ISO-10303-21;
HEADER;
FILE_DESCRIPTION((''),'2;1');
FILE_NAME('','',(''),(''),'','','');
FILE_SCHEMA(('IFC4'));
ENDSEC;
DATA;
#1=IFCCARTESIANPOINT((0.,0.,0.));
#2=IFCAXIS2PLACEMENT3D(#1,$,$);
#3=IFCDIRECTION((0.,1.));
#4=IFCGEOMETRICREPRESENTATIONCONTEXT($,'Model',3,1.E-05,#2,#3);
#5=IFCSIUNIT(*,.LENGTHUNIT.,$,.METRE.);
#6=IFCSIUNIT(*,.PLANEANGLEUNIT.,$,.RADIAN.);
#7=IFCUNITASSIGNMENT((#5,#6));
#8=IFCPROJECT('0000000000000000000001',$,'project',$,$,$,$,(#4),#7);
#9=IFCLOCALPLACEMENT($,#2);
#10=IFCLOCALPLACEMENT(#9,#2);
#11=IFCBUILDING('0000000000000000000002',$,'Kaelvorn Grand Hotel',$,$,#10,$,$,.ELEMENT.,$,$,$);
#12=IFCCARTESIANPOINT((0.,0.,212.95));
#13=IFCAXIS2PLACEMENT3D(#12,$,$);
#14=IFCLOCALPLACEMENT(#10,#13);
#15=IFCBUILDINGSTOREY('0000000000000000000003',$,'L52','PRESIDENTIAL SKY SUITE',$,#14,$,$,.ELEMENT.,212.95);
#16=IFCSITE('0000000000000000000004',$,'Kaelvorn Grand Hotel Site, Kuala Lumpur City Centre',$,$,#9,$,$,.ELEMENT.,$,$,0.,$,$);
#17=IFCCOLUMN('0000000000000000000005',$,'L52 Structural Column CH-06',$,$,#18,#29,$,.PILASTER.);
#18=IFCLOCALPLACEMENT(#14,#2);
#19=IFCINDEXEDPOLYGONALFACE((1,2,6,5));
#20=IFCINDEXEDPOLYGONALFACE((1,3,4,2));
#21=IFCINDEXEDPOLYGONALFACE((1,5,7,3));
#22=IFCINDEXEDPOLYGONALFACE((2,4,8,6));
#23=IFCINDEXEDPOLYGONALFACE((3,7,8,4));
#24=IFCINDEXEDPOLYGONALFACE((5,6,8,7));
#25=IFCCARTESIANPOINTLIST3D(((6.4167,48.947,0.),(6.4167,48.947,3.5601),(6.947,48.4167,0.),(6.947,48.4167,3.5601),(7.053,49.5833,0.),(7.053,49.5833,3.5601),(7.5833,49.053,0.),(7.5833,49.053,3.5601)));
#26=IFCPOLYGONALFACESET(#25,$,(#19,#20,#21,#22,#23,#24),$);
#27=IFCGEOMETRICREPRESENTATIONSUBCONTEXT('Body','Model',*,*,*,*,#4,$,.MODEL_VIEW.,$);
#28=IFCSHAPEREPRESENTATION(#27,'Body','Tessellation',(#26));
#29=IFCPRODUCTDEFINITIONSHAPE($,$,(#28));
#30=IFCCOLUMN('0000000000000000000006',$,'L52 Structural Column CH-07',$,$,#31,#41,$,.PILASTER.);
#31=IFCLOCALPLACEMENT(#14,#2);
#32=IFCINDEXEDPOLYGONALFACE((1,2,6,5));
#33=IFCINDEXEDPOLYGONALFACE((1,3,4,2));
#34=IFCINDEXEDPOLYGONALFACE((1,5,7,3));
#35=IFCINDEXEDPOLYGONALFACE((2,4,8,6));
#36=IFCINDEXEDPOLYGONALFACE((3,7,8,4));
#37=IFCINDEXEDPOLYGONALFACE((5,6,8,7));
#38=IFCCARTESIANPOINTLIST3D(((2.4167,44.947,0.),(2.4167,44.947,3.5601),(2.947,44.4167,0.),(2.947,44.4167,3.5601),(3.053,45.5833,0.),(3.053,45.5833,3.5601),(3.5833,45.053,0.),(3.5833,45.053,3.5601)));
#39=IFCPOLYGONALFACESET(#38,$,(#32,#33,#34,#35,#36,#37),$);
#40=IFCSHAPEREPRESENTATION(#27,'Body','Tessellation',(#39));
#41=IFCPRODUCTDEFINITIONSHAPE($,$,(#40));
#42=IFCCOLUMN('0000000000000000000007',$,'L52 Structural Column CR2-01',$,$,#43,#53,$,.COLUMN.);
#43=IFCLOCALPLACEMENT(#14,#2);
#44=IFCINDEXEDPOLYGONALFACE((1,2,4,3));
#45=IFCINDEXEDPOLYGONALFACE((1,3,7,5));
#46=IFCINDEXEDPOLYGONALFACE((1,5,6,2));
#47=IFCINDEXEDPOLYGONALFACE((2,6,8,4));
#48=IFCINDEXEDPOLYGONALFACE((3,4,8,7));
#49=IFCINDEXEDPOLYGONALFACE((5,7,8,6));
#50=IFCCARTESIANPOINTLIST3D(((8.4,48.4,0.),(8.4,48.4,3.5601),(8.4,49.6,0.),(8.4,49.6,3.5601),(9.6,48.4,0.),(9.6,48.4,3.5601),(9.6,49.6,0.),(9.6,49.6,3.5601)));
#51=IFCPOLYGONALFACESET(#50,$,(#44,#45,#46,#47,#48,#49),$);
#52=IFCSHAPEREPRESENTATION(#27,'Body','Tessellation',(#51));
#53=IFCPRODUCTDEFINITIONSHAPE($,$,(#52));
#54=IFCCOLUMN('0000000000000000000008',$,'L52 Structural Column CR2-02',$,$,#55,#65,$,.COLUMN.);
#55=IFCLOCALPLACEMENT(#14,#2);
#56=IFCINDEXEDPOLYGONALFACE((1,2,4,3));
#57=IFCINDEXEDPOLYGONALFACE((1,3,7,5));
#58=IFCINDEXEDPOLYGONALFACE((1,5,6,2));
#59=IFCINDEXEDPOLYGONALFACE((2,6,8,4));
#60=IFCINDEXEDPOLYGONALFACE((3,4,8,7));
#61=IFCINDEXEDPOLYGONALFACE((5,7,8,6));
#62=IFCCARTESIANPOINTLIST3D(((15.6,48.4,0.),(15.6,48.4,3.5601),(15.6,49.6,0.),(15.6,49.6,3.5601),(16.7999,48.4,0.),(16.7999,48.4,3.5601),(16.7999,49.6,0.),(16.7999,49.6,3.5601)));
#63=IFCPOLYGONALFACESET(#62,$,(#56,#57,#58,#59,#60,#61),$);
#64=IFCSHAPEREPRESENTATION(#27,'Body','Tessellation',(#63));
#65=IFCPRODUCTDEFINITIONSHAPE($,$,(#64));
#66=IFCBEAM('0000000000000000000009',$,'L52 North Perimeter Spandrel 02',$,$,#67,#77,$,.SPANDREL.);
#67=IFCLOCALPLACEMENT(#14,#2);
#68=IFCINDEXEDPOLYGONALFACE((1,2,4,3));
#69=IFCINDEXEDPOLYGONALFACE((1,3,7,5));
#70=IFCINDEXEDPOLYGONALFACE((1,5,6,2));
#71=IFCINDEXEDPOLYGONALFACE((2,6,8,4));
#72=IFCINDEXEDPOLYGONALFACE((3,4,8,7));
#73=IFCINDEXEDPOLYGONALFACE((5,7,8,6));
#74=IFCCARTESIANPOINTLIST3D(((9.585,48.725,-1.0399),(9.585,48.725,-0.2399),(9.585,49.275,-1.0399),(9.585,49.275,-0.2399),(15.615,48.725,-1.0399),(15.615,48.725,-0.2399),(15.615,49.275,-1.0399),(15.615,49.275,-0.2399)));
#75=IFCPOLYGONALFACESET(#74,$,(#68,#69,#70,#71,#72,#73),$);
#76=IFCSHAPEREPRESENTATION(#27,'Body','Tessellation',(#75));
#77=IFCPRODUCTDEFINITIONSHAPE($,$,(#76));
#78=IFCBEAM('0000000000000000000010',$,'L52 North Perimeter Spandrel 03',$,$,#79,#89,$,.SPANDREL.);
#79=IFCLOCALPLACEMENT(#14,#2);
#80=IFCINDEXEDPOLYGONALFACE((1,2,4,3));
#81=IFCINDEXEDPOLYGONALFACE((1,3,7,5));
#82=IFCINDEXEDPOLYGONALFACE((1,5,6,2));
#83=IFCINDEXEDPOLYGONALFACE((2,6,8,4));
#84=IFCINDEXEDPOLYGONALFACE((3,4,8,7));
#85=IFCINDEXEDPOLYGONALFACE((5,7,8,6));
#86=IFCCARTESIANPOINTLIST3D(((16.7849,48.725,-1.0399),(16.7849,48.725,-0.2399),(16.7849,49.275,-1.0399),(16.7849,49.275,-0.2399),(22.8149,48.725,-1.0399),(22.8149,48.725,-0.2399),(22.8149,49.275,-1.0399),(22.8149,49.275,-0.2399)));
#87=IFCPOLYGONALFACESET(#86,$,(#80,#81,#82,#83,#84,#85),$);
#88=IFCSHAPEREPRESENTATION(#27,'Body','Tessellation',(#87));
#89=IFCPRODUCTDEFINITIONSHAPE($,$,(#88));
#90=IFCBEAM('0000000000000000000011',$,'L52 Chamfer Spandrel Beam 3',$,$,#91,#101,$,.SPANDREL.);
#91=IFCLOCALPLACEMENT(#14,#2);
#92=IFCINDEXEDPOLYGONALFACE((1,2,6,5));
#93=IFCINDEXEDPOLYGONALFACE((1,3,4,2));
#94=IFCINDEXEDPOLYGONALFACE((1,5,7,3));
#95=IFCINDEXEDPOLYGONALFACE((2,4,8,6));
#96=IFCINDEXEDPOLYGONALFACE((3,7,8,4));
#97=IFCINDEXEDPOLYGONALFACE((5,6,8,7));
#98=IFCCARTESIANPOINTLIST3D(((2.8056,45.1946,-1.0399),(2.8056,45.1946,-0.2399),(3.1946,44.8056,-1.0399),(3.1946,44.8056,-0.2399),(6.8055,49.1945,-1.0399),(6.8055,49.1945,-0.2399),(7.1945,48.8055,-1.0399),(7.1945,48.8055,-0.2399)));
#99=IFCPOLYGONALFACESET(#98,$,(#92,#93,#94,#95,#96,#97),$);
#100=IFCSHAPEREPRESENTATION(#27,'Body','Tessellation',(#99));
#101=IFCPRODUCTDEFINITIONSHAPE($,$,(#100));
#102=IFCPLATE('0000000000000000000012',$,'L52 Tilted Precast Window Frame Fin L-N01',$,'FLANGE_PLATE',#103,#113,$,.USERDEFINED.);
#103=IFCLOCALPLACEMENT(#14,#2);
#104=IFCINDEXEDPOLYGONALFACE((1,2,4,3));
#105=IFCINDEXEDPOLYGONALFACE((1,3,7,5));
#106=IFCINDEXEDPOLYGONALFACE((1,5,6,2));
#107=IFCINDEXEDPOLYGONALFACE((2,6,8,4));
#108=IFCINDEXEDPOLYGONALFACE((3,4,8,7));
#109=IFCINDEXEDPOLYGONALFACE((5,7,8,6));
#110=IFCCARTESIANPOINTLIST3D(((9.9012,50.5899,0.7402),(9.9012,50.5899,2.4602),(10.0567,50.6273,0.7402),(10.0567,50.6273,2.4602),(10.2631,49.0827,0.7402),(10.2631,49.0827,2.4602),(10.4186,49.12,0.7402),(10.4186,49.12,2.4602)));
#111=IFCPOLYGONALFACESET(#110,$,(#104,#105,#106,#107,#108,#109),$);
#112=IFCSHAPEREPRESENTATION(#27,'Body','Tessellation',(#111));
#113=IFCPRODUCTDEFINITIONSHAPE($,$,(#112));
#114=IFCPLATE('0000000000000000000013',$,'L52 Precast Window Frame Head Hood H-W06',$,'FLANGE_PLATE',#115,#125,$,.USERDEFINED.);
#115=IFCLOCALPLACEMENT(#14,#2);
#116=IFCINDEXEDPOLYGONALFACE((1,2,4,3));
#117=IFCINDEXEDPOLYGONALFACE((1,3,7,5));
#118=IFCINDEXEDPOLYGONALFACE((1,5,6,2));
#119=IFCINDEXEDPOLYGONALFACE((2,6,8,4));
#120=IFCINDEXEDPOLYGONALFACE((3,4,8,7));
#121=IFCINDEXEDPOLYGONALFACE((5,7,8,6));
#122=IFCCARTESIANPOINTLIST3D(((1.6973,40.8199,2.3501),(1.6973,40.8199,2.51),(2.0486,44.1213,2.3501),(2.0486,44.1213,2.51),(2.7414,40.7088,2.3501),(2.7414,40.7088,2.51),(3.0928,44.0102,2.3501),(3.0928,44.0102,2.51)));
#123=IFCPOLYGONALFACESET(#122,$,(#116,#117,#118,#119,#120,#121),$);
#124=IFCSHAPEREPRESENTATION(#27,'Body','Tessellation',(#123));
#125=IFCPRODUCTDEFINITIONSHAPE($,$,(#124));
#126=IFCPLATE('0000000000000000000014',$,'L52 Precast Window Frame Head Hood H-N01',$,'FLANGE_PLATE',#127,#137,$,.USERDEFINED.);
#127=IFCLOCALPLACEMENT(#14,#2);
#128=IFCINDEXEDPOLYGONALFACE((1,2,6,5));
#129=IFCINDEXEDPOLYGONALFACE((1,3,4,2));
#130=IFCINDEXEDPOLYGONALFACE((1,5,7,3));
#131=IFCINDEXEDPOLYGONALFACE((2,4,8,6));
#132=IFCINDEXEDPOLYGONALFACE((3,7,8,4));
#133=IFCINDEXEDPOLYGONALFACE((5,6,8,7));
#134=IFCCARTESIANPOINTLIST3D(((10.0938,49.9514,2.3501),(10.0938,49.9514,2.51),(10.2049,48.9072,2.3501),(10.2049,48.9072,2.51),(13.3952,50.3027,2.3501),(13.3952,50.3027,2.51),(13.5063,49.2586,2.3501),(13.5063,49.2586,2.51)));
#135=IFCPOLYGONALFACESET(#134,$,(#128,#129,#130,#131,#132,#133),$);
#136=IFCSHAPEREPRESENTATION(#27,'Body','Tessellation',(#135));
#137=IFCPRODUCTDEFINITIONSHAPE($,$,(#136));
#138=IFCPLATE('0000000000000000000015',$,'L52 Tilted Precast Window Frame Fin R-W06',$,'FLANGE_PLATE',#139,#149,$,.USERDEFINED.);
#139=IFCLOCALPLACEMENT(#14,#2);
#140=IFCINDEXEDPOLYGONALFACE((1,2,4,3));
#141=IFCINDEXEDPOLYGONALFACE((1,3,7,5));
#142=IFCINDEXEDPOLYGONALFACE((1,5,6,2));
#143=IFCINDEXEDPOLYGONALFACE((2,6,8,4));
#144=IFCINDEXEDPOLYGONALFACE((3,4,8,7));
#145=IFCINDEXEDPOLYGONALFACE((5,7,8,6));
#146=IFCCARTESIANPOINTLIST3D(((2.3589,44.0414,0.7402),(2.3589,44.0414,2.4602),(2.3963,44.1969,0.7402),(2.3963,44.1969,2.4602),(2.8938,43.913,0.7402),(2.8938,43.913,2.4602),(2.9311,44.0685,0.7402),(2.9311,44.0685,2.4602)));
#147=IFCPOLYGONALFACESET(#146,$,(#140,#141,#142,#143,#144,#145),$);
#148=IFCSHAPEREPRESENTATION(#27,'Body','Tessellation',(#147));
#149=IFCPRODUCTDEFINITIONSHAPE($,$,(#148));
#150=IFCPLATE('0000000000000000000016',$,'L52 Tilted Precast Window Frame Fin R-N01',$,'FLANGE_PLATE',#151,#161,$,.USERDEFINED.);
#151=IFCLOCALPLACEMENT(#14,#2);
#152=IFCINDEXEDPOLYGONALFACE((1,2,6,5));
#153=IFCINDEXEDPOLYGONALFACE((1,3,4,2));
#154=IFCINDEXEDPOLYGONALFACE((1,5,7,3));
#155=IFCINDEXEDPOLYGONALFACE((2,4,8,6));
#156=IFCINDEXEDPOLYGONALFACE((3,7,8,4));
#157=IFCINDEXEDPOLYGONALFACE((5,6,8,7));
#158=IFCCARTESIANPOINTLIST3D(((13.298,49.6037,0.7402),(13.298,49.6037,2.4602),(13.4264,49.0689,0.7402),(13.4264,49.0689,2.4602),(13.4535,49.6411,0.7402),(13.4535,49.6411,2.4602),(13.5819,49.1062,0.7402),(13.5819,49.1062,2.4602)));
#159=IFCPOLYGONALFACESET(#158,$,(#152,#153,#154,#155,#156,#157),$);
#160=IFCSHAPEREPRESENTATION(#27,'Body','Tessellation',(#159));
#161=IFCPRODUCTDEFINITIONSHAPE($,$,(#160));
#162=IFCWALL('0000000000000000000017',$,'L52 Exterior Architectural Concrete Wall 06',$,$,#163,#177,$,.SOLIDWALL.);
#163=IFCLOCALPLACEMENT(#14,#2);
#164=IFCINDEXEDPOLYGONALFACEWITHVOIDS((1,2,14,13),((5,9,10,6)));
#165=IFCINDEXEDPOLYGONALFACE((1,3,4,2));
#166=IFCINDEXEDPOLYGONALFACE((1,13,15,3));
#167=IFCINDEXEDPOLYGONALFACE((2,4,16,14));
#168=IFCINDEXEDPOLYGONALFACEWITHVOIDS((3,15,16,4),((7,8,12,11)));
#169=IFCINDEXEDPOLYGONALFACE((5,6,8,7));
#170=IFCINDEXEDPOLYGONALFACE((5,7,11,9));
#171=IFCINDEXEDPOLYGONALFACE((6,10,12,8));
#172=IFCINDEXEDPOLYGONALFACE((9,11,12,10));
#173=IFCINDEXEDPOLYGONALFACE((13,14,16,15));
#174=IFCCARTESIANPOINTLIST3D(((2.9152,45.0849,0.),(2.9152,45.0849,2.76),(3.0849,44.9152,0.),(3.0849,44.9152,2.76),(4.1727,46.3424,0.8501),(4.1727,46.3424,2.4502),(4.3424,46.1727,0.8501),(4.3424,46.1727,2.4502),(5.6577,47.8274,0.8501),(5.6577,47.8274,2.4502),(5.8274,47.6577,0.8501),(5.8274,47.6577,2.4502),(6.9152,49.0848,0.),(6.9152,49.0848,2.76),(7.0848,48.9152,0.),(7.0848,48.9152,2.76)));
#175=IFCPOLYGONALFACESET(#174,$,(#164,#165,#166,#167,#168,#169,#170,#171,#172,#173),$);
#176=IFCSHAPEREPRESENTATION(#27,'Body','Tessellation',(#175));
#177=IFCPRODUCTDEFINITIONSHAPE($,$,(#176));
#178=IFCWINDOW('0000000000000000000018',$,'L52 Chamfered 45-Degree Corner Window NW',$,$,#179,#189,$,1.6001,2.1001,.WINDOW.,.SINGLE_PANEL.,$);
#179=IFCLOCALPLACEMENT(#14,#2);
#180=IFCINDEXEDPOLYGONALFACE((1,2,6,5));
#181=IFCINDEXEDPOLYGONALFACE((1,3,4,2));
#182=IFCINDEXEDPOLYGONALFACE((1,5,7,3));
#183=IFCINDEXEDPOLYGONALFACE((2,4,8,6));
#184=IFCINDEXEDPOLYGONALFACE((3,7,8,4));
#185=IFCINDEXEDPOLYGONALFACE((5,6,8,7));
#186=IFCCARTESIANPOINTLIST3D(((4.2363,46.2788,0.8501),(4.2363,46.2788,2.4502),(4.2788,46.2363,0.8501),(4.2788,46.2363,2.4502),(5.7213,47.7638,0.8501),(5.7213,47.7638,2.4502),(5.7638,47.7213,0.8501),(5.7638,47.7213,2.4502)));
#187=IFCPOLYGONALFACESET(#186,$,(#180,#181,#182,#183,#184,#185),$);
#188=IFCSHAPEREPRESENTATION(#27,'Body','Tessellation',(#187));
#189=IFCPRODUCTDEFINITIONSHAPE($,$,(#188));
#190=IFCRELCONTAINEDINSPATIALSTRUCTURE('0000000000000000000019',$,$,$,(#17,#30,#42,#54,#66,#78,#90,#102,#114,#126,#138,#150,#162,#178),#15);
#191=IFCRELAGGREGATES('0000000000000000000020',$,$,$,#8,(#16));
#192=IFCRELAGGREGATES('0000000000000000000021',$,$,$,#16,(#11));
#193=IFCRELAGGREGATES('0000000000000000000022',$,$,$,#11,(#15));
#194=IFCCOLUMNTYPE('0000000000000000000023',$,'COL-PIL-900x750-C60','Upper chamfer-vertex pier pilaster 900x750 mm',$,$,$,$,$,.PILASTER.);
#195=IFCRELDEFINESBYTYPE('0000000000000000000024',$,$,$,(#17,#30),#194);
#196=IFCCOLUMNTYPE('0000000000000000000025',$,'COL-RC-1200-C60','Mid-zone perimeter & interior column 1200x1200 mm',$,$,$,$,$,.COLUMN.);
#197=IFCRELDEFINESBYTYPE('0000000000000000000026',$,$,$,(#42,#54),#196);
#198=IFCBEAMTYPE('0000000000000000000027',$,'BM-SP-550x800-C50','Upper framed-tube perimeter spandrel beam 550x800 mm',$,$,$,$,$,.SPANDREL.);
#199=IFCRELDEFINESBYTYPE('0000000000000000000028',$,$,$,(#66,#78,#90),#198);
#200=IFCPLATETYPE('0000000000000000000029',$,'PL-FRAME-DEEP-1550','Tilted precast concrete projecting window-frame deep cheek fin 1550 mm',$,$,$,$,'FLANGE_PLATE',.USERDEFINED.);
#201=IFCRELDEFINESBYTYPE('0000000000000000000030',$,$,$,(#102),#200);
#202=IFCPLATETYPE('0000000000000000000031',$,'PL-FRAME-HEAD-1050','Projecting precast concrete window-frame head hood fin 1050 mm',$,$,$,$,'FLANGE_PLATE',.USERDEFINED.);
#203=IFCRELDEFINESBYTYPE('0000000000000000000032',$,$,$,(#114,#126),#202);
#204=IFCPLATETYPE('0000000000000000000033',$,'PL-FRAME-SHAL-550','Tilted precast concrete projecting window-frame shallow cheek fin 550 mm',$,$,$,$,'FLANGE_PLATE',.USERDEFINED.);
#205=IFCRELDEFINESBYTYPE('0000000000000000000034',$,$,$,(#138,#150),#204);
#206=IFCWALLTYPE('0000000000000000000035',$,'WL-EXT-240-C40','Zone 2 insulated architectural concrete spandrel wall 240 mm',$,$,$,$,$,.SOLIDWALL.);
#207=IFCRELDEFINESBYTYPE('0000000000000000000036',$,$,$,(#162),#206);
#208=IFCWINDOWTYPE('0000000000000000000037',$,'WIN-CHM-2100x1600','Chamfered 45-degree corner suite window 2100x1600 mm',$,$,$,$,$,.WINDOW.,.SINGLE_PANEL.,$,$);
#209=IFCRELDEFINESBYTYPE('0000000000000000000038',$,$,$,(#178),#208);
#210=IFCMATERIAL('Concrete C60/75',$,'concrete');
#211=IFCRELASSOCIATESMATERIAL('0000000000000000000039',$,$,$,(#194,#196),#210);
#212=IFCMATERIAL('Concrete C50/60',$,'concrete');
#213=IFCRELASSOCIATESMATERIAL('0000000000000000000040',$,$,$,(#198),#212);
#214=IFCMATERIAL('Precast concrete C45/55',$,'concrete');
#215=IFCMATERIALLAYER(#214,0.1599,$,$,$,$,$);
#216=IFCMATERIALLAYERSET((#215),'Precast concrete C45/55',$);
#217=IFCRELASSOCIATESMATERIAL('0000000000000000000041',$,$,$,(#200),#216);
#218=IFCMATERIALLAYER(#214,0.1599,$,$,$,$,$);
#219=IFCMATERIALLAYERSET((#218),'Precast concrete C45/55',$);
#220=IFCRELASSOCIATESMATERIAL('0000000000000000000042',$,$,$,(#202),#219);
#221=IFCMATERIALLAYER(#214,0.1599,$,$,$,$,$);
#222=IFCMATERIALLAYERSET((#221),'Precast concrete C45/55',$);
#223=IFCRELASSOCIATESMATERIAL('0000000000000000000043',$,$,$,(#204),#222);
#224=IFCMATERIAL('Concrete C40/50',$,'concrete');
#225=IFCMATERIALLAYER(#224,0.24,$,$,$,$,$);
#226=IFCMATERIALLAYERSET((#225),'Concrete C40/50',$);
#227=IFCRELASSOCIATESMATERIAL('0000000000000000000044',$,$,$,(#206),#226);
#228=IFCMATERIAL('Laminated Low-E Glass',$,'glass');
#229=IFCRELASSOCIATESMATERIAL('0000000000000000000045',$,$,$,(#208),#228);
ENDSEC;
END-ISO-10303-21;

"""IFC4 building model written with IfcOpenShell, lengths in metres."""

from ifc_helpers import new_model, si_unit, direction, frame, frame_2d, origin, origin_2d, place, context, subcontext, project, spatial, rectangle, extrude, material, layer, layer_set, material_profile, profile_set, type_object, element, fill, save


model = new_model("IFC4")

# Units and contexts
model_context = context("Model", 3, precision=1e-05, world=origin(), true_north=direction((0.0, 1.0)))
body_context = subcontext(model_context, "Body", "Model", "MODEL_VIEW")
ifc_project = project(units=[si_unit("LENGTHUNIT", "METRE"), si_unit("PLANEANGLEUNIT", "RADIAN")], contexts=[model_context])

# Site, building, storey
site_placement = place(None, origin())
site = spatial("IfcSite", under=ifc_project, at=site_placement, Name="Kaelvorn Grand Hotel Site, Kuala Lumpur City Centre", CompositionType="ELEMENT", RefElevation=0.0)
building_placement = place(site_placement, origin())
building = spatial("IfcBuilding", under=site, at=building_placement, Name="Kaelvorn Grand Hotel", CompositionType="ELEMENT")
storey_placement = place(building_placement, frame((0.0, 0.0, 212.95)))
storey = spatial("IfcBuildingStorey", under=building, at=storey_placement, Name="L52", Description="PRESIDENTIAL SKY SUITE", CompositionType="ELEMENT", Elevation=212.95)

# Columns
ifc_material_1 = material(Name="Concrete C60/75", Category="concrete")
ifc_material_profile_1 = material_profile(ifc_material_1, rectangle(XDim=0.8999, YDim=0.75, at=origin_2d()), Name="RC PILASTER 900x750")
ifc_profile_set_1 = profile_set([ifc_material_profile_1], Name="Concrete C60/75")
column_type_1 = type_object("IfcColumnType", Name="COL-PIL-900x750-C60", Description="Upper chamfer-vertex pier pilaster 900x750 mm", PredefinedType="PILASTER", material=ifc_profile_set_1)
for number, where, z_axis, x_axis, name in (
    (1, (7.0, 49.0, 0.0), (0.0, 0.0, 1.0), (0.707107, 0.707107, 0.0), "L52 Structural Column CH-06"),
    (2, (3.0, 45.0, 0.0), (0.0, 0.0, 1.0), (0.707107, 0.707107, 0.0), "L52 Structural Column CH-07"),
):
    element("IfcColumn", number, at=place(storey_placement, frame(where, z_axis=z_axis, x_axis=x_axis)), inside=storey, type_object=column_type_1, Name=name, PredefinedType="PILASTER", context=body_context, shape_type="SweptSolid", body=[
        extrude(rectangle(XDim=0.8999, YDim=0.75, at=origin_2d()), origin(), (0.0, 0.0, 1.0), 3.5601),
    ])
ifc_material_profile_2 = material_profile(ifc_material_1, rectangle(XDim=1.2, YDim=1.2, at=origin_2d()), Name="RC COL 1200x1200")
ifc_profile_set_2 = profile_set([ifc_material_profile_2], Name="Concrete C60/75")
column_type_2 = type_object("IfcColumnType", Name="COL-RC-1200-C60", Description="Mid-zone perimeter & interior column 1200x1200 mm", PredefinedType="COLUMN", material=ifc_profile_set_2)
for number, where, z_axis, x_axis, name in (
    (3, (9.0, 49.0, 0.0), (0.0, 0.0, 1.0), (1.0, 0.0, 0.0), "L52 Structural Column CR2-01"),
    (4, (16.2, 49.0, 0.0), (0.0, 0.0, 1.0), (1.0, 0.0, 0.0), "L52 Structural Column CR2-02"),
):
    element("IfcColumn", number, at=place(storey_placement, frame(where, z_axis=z_axis, x_axis=x_axis)), inside=storey, type_object=column_type_2, Name=name, PredefinedType="COLUMN", context=body_context, shape_type="SweptSolid", body=[
        extrude(rectangle(XDim=1.2, YDim=1.2, at=origin_2d()), origin(), (0.0, 0.0, 1.0), 3.5601),
    ])

# Beams
ifc_material_2 = material(Name="Concrete C50/60", Category="concrete")
ifc_material_profile_3 = material_profile(ifc_material_2, rectangle(XDim=0.55, YDim=0.8, at=origin_2d()), Name="RC SPANDREL 550x800")
ifc_profile_set_3 = profile_set([ifc_material_profile_3], Name="Concrete C50/60")
beam_type = type_object("IfcBeamType", Name="BM-SP-550x800-C50", Description="Upper framed-tube perimeter spandrel beam 550x800 mm", PredefinedType="SPANDREL", material=ifc_profile_set_3)
for number, where, z_axis, x_axis, name in (
    (5, (9.585, 49.0, -0.6399), (1.0, 0.0, 0.0), (0.0, 1.0, 0.0), "L52 North Perimeter Spandrel 02"),
    (6, (16.7849, 49.0, -0.6399), (1.0, 0.0, 0.0), (0.0, 1.0, 0.0), "L52 North Perimeter Spandrel 03"),
):
    element("IfcBeam", number, at=place(storey_placement, frame(where, z_axis=z_axis, x_axis=x_axis)), inside=storey, type_object=beam_type, Name=name, PredefinedType="SPANDREL", context=body_context, shape_type="SweptSolid", body=[
        extrude(rectangle(XDim=0.55, YDim=0.8, at=origin_2d()), origin(), (0.0, 0.0, 1.0), 6.03),
    ])
beam_placement = place(storey_placement, frame((7.0, 49.0, -0.6399), z_axis=(-0.707107, -0.707107, 0.0), x_axis=(0.707107, -0.707107, 0.0)))
element("IfcBeam", 7, at=beam_placement, inside=storey, type_object=beam_type, Name="L52 Chamfer Spandrel Beam 3", PredefinedType="SPANDREL", context=body_context, shape_type="SweptSolid", body=[
    extrude(rectangle(XDim=0.55, YDim=0.8, at=origin_2d()), origin(), (0.0, 0.0, 1.0), 5.6567),
])

# Plates
ifc_material_3 = material(Name="Precast concrete C45/55", Category="concrete")
ifc_layer_1 = layer(ifc_material_3, 0.1599)
ifc_layer_set_1 = layer_set([ifc_layer_1], Name="Precast concrete C45/55")
plate_type_1 = type_object("IfcPlateType", Name="PL-FRAME-DEEP-1550", Description="Tilted precast concrete projecting window-frame deep cheek fin 1550 mm", ElementType="FLANGE_PLATE", PredefinedType="USERDEFINED", material=ifc_layer_set_1)
plate_placement = place(storey_placement, frame((10.1599, 49.855, 0.7402), z_axis=(0.0, 0.0, 1.0), x_axis=(0.97237, 0.233445, 0.0)))
element("IfcPlate", 8, at=plate_placement, inside=storey, type_object=plate_type_1, Name="L52 Tilted Precast Window Frame Fin L-N01", ObjectType="FLANGE_PLATE", PredefinedType="USERDEFINED", context=body_context, shape_type="SweptSolid", body=[
    extrude(rectangle(XDim=0.1599, YDim=1.55, at=origin_2d()), origin(), (0.0, 0.0, 1.0), 1.72),
])
ifc_layer_2 = layer(ifc_material_3, 0.1599)
ifc_layer_set_2 = layer_set([ifc_layer_2], Name="Precast concrete C45/55")
plate_type_2 = type_object("IfcPlateType", Name="PL-FRAME-HEAD-1050", Description="Projecting precast concrete window-frame head hood fin 1050 mm", ElementType="FLANGE_PLATE", PredefinedType="USERDEFINED", material=ifc_layer_set_2)
for number, where, z_axis, x_axis, name in (
    (9, (2.395, 42.415, 2.3501), (0.0, 0.0, 1.0), (0.10583, 0.994384, 0.0), "L52 Precast Window Frame Head Hood H-W06"),
    (10, (11.8, 49.605, 2.3501), (0.0, 0.0, 1.0), (0.994384, 0.10583, 0.0), "L52 Precast Window Frame Head Hood H-N01"),
):
    element("IfcPlate", number, at=place(storey_placement, frame(where, z_axis=z_axis, x_axis=x_axis)), inside=storey, type_object=plate_type_2, Name=name, ObjectType="FLANGE_PLATE", PredefinedType="USERDEFINED", context=body_context, shape_type="SweptSolid", body=[
        extrude(rectangle(XDim=3.3201, YDim=1.05, at=origin_2d()), origin(), (0.0, 0.0, 1.0), 0.1599),
    ])
ifc_layer_3 = layer(ifc_material_3, 0.1599)
ifc_layer_set_3 = layer_set([ifc_layer_3], Name="Precast concrete C45/55")
plate_type_3 = type_object("IfcPlateType", Name="PL-FRAME-SHAL-550", Description="Tilted precast concrete projecting window-frame shallow cheek fin 550 mm", ElementType="FLANGE_PLATE", PredefinedType="USERDEFINED", material=ifc_layer_set_3)
for number, where, z_axis, x_axis, name in (
    (11, (2.645, 44.0549, 0.7402), (0.0, 0.0, 1.0), (0.233445, 0.97237, 0.0), "L52 Tilted Precast Window Frame Fin R-W06"),
    (12, (13.4399, 49.355, 0.7402), (0.0, 0.0, 1.0), (0.97237, 0.233445, 0.0), "L52 Tilted Precast Window Frame Fin R-N01"),
):
    element("IfcPlate", number, at=place(storey_placement, frame(where, z_axis=z_axis, x_axis=x_axis)), inside=storey, type_object=plate_type_3, Name=name, ObjectType="FLANGE_PLATE", PredefinedType="USERDEFINED", context=body_context, shape_type="SweptSolid", body=[
        extrude(rectangle(XDim=0.1599, YDim=0.55, at=origin_2d()), origin(), (0.0, 0.0, 1.0), 1.72),
    ])

# Wall, opening, window
ifc_material_4 = material(Name="Concrete C40/50", Category="concrete")
ifc_layer_4 = layer(ifc_material_4, 0.24)
ifc_layer_set_4 = layer_set([ifc_layer_4], Name="Concrete C40/50")
wall_type_1 = type_object("IfcWallType", Name="WL-EXT-240-C40", Description="Zone 2 insulated architectural concrete spandrel wall 240 mm", PredefinedType="SOLIDWALL", material=ifc_layer_set_4)
wall_1_placement = place(storey_placement, frame((7.0, 49.0, 0.0), z_axis=(0.0, 0.0, 1.0), x_axis=(-0.707107, -0.707107, 0.0)))
wall_1 = element("IfcWall", 13, at=wall_1_placement, inside=storey, type_object=wall_type_1, Name="L52 Exterior Architectural Concrete Wall 06", PredefinedType="SOLIDWALL", context=body_context, shape_type="SweptSolid", body=[
    extrude(rectangle(XDim=5.6567, YDim=0.24, at=frame_2d((2.8284, 0.0))), origin(), (0.0, 0.0, 1.0), 2.76),
])
opening_1_placement = place(wall_1_placement, frame((1.7783, 0.0, 0.8501)))
opening_1 = element("IfcOpeningElement", 14, at=opening_1_placement, cuts=wall_1, PredefinedType="OPENING", context=body_context, shape_type="SweptSolid", body=[
    extrude(rectangle(XDim=2.1001, YDim=1.6001, at=frame_2d((1.05, 0.8))), frame((0.0, 0.1299, 0.0), z_axis=(0.0, -1.0, 0.0), x_axis=(1.0, 0.0, 0.0)), (0.0, 0.0, 1.0), 0.26),
])
ifc_material_5 = material(Name="Laminated Low-E Glass", Category="glass")
window_type_1 = type_object("IfcWindowType", Name="WIN-CHM-2100x1600", Description="Chamfered 45-degree corner suite window 2100x1600 mm", PartitioningType="SINGLE_PANEL", PredefinedType="WINDOW", material=ifc_material_5)
window_1_placement = place(opening_1_placement, origin())
window_1 = element("IfcWindow", 15, at=window_1_placement, inside=storey, type_object=window_type_1, Name="L52 Chamfered 45-Degree Corner Window NW", OverallHeight=1.6001, OverallWidth=2.1001, PartitioningType="SINGLE_PANEL", PredefinedType="WINDOW", context=body_context, shape_type="SweptSolid", body=[
    extrude(rectangle(XDim=2.1001, YDim=1.6001, at=frame_2d((1.05, 0.8))), frame((0.0, 0.03, 0.0), z_axis=(0.0, -1.0, 0.0), x_axis=(1.0, 0.0, 0.0)), (0.0, 0.0, 1.0), 0.0601),
])
fill(opening_1, window_1)

save(model, "model.ifc")
